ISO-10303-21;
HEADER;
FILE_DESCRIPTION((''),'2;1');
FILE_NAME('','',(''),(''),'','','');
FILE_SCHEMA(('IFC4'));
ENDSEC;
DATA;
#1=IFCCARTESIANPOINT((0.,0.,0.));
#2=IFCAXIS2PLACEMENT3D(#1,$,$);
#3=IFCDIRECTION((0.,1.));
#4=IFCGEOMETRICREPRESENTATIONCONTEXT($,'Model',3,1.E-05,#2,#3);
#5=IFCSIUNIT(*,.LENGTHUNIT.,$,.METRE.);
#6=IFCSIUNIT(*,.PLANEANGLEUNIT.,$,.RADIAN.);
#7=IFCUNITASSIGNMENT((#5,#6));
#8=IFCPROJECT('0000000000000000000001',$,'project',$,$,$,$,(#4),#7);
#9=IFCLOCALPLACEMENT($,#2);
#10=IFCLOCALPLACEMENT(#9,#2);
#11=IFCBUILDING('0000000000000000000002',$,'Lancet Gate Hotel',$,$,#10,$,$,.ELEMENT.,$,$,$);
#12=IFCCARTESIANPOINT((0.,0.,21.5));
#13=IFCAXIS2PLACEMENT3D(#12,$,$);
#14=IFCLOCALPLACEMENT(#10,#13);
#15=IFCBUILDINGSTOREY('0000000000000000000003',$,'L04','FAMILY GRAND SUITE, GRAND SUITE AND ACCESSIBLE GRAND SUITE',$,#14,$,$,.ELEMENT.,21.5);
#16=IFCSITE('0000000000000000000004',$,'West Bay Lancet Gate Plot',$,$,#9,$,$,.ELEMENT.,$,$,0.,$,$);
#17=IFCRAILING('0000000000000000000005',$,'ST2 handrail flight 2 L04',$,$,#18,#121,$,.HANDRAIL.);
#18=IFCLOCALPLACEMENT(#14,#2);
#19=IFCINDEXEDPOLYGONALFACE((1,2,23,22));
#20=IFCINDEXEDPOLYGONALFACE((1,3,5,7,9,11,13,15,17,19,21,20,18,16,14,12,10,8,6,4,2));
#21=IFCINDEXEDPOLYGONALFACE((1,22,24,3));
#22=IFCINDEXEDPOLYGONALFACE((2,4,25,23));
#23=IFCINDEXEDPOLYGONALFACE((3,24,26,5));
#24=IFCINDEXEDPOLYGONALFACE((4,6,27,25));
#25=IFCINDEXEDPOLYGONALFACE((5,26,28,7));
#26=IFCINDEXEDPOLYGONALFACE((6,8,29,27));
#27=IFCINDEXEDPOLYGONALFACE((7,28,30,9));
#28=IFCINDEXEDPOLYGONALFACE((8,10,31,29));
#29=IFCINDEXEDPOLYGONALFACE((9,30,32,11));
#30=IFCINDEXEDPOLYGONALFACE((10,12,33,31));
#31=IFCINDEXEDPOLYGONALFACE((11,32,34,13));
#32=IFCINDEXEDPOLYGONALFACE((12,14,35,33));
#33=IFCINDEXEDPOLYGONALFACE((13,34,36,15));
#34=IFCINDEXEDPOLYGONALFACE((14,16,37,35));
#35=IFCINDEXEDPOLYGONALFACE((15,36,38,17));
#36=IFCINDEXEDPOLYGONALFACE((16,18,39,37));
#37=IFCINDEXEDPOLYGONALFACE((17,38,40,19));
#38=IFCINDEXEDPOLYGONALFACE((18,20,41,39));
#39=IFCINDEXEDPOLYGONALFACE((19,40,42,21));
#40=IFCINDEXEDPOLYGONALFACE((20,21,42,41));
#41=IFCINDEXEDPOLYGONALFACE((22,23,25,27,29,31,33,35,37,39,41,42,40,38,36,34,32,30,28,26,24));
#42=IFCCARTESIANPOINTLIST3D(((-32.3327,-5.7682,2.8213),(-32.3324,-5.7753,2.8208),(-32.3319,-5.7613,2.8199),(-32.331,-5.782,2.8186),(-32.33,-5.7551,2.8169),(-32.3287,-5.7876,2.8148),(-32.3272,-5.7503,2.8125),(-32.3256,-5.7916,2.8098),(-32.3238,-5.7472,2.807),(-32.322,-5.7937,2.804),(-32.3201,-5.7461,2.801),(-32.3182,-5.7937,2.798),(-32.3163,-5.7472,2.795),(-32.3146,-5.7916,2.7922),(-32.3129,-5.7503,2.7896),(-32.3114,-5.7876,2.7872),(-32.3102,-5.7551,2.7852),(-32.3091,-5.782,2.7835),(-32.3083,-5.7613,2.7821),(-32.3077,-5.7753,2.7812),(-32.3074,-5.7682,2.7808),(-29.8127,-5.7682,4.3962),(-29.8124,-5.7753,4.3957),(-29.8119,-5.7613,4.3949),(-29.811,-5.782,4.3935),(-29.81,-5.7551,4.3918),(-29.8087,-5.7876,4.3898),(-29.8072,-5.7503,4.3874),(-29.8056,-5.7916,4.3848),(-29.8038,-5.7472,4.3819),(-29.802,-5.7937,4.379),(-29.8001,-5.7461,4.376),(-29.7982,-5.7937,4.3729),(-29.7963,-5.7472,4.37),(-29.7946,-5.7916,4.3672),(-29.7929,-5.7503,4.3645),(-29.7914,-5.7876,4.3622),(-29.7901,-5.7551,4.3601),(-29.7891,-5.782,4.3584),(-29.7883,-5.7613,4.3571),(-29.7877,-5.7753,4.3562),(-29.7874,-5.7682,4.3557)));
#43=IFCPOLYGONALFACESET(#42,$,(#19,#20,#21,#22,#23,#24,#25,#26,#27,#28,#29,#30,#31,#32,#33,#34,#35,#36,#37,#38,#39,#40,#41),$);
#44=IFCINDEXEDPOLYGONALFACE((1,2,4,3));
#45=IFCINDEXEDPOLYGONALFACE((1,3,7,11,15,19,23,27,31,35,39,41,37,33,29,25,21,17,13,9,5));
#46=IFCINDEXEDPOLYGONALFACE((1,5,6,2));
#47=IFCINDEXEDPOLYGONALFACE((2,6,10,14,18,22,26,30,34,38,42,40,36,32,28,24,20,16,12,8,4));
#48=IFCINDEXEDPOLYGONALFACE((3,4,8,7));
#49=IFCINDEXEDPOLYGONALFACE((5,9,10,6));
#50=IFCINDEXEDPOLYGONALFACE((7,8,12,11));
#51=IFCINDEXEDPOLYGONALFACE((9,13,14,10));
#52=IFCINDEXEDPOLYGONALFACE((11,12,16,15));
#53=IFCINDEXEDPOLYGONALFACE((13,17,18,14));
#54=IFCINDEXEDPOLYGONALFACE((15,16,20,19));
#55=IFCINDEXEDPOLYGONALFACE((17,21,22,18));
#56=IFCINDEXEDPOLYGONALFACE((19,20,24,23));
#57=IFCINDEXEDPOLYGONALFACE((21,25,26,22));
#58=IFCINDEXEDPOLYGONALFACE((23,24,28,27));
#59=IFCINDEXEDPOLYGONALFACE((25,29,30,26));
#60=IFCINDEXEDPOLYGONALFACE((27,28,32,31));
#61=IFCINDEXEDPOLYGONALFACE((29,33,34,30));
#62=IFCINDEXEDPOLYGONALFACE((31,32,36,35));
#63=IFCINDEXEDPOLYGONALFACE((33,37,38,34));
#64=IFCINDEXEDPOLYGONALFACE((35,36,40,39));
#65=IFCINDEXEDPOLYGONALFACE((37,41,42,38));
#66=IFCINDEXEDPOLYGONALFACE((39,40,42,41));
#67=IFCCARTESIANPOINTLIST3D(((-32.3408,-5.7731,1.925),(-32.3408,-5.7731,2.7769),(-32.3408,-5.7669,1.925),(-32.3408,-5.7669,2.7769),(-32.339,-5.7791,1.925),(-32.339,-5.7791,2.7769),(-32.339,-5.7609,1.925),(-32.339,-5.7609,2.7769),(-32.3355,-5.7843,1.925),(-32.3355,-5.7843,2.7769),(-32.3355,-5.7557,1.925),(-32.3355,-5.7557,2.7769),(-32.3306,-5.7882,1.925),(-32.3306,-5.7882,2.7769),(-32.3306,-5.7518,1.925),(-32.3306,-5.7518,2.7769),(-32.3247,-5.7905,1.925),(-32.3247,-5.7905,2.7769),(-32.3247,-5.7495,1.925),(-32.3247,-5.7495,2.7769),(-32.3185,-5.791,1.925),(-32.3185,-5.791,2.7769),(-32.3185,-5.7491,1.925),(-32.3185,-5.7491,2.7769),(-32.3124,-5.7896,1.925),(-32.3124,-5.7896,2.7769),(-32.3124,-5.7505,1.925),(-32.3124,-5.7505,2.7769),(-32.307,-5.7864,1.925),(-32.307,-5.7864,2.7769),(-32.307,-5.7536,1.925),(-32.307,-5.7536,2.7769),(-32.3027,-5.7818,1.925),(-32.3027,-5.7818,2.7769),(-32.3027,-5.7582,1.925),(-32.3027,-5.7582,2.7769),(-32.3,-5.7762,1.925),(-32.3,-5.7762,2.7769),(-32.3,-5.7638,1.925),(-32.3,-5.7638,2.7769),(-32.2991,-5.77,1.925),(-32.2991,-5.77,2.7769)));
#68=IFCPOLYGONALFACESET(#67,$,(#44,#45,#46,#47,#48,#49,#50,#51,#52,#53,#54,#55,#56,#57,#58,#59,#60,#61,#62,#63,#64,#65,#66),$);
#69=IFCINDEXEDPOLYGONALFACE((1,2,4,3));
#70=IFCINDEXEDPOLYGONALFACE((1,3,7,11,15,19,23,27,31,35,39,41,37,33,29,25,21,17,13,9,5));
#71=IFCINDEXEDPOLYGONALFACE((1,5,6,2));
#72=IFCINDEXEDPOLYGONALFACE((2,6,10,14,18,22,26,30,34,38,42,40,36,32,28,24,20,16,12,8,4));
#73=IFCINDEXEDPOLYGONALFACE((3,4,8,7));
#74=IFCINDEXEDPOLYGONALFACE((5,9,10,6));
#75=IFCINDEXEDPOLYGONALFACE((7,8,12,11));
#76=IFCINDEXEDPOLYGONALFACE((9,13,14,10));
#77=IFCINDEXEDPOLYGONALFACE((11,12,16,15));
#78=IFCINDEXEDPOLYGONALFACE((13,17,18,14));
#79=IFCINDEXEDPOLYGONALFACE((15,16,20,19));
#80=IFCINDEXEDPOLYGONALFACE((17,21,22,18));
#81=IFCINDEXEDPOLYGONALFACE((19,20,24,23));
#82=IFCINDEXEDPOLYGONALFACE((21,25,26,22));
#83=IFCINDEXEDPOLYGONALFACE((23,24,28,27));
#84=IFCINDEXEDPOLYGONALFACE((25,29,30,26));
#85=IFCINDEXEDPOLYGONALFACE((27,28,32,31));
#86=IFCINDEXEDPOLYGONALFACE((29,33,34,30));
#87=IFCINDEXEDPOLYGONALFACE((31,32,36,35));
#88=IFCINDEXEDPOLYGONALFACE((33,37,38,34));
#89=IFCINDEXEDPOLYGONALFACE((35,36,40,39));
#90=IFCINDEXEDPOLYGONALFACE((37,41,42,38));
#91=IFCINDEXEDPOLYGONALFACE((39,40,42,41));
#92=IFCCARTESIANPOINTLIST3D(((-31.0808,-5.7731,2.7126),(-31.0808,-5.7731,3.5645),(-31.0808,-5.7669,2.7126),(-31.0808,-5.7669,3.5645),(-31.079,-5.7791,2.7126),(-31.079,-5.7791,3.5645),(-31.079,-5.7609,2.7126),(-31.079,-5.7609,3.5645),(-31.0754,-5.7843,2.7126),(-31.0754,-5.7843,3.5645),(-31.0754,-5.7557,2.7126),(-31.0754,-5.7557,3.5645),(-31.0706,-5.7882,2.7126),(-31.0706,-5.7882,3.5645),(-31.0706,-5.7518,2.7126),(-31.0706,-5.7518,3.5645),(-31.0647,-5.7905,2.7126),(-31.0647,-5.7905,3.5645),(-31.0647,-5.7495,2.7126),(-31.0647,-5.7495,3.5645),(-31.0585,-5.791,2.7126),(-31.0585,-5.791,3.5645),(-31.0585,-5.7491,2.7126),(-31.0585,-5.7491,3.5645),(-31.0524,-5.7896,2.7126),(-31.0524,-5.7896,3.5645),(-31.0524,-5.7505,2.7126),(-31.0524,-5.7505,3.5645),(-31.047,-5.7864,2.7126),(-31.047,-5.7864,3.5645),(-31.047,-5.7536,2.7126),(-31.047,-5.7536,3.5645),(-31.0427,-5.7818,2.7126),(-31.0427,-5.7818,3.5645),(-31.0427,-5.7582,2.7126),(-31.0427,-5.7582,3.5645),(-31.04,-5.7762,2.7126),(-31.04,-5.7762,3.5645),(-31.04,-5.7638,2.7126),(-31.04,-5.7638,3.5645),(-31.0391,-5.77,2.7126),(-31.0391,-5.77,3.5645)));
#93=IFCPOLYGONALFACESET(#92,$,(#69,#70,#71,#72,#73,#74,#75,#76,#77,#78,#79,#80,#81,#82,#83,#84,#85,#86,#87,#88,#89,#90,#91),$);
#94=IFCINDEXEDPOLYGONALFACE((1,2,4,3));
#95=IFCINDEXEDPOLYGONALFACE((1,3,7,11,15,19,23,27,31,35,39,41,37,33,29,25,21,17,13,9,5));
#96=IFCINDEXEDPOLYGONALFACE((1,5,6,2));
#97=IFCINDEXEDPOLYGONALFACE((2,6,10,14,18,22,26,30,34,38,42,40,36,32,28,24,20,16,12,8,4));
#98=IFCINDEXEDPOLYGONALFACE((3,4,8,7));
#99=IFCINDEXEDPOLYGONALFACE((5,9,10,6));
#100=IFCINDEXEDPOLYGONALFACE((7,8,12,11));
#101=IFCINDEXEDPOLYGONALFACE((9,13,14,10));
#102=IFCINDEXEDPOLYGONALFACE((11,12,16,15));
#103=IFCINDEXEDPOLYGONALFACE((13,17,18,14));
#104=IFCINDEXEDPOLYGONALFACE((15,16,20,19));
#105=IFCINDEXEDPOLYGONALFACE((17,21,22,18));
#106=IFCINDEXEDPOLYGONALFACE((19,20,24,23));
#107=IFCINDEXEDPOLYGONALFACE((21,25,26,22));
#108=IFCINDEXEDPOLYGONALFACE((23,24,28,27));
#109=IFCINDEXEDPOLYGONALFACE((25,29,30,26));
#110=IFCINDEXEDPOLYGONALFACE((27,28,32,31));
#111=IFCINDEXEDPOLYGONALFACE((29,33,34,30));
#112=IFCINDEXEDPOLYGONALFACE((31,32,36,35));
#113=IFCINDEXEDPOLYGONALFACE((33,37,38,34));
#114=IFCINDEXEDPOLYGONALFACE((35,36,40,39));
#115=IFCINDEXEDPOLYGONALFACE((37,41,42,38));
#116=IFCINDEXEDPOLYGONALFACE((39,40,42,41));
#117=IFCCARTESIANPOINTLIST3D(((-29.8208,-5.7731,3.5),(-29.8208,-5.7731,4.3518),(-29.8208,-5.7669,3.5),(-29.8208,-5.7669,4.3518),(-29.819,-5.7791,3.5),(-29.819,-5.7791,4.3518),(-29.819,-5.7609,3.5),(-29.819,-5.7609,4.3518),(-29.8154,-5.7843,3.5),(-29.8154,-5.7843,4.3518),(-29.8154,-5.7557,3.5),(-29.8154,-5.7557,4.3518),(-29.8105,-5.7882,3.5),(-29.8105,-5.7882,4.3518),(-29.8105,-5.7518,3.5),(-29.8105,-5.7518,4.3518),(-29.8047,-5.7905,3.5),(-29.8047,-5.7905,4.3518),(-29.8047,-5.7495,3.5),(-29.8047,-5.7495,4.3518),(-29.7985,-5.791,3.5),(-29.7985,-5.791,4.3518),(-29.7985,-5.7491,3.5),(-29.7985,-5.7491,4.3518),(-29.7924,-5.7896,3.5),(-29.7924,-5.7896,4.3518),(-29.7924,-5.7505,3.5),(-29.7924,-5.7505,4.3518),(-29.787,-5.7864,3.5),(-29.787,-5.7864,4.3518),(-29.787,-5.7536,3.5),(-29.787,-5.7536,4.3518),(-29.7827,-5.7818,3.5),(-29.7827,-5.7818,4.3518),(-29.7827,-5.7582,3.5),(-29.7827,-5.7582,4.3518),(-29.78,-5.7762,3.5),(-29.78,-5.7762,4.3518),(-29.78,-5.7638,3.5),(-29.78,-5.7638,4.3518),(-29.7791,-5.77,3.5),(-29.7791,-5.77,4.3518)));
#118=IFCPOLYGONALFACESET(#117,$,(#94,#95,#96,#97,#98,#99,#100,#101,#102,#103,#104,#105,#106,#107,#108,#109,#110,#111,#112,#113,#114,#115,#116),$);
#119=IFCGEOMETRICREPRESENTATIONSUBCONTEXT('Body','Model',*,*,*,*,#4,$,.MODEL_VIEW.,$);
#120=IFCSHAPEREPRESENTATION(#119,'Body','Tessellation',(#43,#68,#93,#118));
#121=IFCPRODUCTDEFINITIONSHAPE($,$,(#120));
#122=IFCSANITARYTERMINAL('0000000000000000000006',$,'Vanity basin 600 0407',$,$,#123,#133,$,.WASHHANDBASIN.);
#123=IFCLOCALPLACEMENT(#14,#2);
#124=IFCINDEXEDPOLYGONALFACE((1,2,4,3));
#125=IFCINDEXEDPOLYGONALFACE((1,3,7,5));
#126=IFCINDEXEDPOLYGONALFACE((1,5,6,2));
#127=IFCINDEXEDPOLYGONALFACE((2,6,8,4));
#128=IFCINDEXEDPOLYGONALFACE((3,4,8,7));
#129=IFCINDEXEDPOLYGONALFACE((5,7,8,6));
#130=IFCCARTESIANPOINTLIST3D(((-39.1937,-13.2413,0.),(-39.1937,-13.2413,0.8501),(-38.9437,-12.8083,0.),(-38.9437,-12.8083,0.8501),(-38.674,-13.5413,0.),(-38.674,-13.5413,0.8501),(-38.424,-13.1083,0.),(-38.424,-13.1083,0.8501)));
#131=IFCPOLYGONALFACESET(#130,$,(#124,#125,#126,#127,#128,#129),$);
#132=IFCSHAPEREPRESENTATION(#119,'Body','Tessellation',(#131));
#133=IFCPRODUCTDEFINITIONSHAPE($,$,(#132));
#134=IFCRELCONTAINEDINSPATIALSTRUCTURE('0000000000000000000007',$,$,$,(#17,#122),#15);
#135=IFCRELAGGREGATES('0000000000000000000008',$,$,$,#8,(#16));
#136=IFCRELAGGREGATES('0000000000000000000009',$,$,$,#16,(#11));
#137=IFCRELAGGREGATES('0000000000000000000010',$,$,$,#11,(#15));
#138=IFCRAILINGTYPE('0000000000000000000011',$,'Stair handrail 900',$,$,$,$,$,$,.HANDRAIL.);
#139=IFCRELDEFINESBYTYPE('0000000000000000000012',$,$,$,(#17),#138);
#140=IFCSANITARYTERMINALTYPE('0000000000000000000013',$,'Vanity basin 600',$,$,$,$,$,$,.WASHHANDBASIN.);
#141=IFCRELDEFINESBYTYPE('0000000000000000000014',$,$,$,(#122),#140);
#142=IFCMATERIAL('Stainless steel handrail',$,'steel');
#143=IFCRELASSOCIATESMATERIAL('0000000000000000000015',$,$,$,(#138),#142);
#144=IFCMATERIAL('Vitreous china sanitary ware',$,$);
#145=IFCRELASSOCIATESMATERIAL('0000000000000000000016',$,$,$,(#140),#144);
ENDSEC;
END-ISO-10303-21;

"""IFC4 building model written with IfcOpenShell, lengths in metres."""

from ifc_helpers import new_model, si_unit, direction, frame, origin, origin_2d, place, context, subcontext, project, spatial, rectangle, circle, extrude, material, type_object, element, save


model = new_model("IFC4")

# Units and contexts
model_context = context("Model", 3, precision=1e-05, world=origin(), true_north=direction((0.0, 1.0)))
body_context = subcontext(model_context, "Body", "Model", "MODEL_VIEW")
ifc_project = project(units=[si_unit("LENGTHUNIT", "METRE"), si_unit("PLANEANGLEUNIT", "RADIAN")], contexts=[model_context])

# Site, building, storey
site_placement = place(None, origin())
site = spatial("IfcSite", under=ifc_project, at=site_placement, Name="West Bay Lancet Gate Plot", CompositionType="ELEMENT", RefElevation=0.0)
building_placement = place(site_placement, origin())
building = spatial("IfcBuilding", under=site, at=building_placement, Name="Lancet Gate Hotel", CompositionType="ELEMENT")
storey_placement = place(building_placement, frame((0.0, 0.0, 21.5)))
storey = spatial("IfcBuildingStorey", under=building, at=storey_placement, Name="L04", Description="FAMILY GRAND SUITE, GRAND SUITE AND ACCESSIBLE GRAND SUITE", CompositionType="ELEMENT", Elevation=21.5)

# Railing
ifc_material_1 = material(Name="Stainless steel handrail", Category="steel")
railing_type = type_object("IfcRailingType", Name="Stair handrail 900", PredefinedType="HANDRAIL", material=ifc_material_1)
railing_1_placement = place(storey_placement, frame((-32.3201, -5.77, 1.925)))
element("IfcRailing", 1, at=railing_1_placement, inside=storey, type_object=railing_type, Name="ST2 handrail flight 2 L04", PredefinedType="HANDRAIL", context=body_context, shape_type="SweptSolid", body=[
    extrude(circle(Radius=0.0239, at=origin_2d()), frame((0.0, 0.0, 0.876), z_axis=(0.848008, 0.0, 0.529984), x_axis=(0.0, 1.0, 0.0)), (0.0, 0.0, 1.0), 2.9717),
    extrude(circle(Radius=0.021, at=origin_2d()), origin(), (0.0, 0.0, 1.0), 0.8518),
    extrude(circle(Radius=0.021, at=origin_2d()), frame((1.26, 0.0, 0.7876)), (0.0, 0.0, 1.0), 0.8518),
    extrude(circle(Radius=0.021, at=origin_2d()), frame((2.52, 0.0, 1.575)), (0.0, 0.0, 1.0), 0.8518),
])

# Sanitary terminal
ifc_material_2 = material(Name="Vitreous china sanitary ware")
sanitary_terminal_type = type_object("IfcSanitaryTerminalType", Name="Vanity basin 600", PredefinedType="WASHHANDBASIN", material=ifc_material_2)
sanitary_terminal_placement = place(storey_placement, frame((-38.8088, -13.1748, 0.0), z_axis=(0.0, 0.0, 1.0), x_axis=(-0.866025, 0.5, 0.0)))
element("IfcSanitaryTerminal", 2, at=sanitary_terminal_placement, inside=storey, type_object=sanitary_terminal_type, Name="Vanity basin 600 0407", PredefinedType="WASHHANDBASIN", context=body_context, shape_type="SweptSolid", body=[
    extrude(rectangle(XDim=0.6001, YDim=0.5, at=origin_2d()), origin(), (0.0, 0.0, 1.0), 0.8501),
])

save(model, "model.ifc")
